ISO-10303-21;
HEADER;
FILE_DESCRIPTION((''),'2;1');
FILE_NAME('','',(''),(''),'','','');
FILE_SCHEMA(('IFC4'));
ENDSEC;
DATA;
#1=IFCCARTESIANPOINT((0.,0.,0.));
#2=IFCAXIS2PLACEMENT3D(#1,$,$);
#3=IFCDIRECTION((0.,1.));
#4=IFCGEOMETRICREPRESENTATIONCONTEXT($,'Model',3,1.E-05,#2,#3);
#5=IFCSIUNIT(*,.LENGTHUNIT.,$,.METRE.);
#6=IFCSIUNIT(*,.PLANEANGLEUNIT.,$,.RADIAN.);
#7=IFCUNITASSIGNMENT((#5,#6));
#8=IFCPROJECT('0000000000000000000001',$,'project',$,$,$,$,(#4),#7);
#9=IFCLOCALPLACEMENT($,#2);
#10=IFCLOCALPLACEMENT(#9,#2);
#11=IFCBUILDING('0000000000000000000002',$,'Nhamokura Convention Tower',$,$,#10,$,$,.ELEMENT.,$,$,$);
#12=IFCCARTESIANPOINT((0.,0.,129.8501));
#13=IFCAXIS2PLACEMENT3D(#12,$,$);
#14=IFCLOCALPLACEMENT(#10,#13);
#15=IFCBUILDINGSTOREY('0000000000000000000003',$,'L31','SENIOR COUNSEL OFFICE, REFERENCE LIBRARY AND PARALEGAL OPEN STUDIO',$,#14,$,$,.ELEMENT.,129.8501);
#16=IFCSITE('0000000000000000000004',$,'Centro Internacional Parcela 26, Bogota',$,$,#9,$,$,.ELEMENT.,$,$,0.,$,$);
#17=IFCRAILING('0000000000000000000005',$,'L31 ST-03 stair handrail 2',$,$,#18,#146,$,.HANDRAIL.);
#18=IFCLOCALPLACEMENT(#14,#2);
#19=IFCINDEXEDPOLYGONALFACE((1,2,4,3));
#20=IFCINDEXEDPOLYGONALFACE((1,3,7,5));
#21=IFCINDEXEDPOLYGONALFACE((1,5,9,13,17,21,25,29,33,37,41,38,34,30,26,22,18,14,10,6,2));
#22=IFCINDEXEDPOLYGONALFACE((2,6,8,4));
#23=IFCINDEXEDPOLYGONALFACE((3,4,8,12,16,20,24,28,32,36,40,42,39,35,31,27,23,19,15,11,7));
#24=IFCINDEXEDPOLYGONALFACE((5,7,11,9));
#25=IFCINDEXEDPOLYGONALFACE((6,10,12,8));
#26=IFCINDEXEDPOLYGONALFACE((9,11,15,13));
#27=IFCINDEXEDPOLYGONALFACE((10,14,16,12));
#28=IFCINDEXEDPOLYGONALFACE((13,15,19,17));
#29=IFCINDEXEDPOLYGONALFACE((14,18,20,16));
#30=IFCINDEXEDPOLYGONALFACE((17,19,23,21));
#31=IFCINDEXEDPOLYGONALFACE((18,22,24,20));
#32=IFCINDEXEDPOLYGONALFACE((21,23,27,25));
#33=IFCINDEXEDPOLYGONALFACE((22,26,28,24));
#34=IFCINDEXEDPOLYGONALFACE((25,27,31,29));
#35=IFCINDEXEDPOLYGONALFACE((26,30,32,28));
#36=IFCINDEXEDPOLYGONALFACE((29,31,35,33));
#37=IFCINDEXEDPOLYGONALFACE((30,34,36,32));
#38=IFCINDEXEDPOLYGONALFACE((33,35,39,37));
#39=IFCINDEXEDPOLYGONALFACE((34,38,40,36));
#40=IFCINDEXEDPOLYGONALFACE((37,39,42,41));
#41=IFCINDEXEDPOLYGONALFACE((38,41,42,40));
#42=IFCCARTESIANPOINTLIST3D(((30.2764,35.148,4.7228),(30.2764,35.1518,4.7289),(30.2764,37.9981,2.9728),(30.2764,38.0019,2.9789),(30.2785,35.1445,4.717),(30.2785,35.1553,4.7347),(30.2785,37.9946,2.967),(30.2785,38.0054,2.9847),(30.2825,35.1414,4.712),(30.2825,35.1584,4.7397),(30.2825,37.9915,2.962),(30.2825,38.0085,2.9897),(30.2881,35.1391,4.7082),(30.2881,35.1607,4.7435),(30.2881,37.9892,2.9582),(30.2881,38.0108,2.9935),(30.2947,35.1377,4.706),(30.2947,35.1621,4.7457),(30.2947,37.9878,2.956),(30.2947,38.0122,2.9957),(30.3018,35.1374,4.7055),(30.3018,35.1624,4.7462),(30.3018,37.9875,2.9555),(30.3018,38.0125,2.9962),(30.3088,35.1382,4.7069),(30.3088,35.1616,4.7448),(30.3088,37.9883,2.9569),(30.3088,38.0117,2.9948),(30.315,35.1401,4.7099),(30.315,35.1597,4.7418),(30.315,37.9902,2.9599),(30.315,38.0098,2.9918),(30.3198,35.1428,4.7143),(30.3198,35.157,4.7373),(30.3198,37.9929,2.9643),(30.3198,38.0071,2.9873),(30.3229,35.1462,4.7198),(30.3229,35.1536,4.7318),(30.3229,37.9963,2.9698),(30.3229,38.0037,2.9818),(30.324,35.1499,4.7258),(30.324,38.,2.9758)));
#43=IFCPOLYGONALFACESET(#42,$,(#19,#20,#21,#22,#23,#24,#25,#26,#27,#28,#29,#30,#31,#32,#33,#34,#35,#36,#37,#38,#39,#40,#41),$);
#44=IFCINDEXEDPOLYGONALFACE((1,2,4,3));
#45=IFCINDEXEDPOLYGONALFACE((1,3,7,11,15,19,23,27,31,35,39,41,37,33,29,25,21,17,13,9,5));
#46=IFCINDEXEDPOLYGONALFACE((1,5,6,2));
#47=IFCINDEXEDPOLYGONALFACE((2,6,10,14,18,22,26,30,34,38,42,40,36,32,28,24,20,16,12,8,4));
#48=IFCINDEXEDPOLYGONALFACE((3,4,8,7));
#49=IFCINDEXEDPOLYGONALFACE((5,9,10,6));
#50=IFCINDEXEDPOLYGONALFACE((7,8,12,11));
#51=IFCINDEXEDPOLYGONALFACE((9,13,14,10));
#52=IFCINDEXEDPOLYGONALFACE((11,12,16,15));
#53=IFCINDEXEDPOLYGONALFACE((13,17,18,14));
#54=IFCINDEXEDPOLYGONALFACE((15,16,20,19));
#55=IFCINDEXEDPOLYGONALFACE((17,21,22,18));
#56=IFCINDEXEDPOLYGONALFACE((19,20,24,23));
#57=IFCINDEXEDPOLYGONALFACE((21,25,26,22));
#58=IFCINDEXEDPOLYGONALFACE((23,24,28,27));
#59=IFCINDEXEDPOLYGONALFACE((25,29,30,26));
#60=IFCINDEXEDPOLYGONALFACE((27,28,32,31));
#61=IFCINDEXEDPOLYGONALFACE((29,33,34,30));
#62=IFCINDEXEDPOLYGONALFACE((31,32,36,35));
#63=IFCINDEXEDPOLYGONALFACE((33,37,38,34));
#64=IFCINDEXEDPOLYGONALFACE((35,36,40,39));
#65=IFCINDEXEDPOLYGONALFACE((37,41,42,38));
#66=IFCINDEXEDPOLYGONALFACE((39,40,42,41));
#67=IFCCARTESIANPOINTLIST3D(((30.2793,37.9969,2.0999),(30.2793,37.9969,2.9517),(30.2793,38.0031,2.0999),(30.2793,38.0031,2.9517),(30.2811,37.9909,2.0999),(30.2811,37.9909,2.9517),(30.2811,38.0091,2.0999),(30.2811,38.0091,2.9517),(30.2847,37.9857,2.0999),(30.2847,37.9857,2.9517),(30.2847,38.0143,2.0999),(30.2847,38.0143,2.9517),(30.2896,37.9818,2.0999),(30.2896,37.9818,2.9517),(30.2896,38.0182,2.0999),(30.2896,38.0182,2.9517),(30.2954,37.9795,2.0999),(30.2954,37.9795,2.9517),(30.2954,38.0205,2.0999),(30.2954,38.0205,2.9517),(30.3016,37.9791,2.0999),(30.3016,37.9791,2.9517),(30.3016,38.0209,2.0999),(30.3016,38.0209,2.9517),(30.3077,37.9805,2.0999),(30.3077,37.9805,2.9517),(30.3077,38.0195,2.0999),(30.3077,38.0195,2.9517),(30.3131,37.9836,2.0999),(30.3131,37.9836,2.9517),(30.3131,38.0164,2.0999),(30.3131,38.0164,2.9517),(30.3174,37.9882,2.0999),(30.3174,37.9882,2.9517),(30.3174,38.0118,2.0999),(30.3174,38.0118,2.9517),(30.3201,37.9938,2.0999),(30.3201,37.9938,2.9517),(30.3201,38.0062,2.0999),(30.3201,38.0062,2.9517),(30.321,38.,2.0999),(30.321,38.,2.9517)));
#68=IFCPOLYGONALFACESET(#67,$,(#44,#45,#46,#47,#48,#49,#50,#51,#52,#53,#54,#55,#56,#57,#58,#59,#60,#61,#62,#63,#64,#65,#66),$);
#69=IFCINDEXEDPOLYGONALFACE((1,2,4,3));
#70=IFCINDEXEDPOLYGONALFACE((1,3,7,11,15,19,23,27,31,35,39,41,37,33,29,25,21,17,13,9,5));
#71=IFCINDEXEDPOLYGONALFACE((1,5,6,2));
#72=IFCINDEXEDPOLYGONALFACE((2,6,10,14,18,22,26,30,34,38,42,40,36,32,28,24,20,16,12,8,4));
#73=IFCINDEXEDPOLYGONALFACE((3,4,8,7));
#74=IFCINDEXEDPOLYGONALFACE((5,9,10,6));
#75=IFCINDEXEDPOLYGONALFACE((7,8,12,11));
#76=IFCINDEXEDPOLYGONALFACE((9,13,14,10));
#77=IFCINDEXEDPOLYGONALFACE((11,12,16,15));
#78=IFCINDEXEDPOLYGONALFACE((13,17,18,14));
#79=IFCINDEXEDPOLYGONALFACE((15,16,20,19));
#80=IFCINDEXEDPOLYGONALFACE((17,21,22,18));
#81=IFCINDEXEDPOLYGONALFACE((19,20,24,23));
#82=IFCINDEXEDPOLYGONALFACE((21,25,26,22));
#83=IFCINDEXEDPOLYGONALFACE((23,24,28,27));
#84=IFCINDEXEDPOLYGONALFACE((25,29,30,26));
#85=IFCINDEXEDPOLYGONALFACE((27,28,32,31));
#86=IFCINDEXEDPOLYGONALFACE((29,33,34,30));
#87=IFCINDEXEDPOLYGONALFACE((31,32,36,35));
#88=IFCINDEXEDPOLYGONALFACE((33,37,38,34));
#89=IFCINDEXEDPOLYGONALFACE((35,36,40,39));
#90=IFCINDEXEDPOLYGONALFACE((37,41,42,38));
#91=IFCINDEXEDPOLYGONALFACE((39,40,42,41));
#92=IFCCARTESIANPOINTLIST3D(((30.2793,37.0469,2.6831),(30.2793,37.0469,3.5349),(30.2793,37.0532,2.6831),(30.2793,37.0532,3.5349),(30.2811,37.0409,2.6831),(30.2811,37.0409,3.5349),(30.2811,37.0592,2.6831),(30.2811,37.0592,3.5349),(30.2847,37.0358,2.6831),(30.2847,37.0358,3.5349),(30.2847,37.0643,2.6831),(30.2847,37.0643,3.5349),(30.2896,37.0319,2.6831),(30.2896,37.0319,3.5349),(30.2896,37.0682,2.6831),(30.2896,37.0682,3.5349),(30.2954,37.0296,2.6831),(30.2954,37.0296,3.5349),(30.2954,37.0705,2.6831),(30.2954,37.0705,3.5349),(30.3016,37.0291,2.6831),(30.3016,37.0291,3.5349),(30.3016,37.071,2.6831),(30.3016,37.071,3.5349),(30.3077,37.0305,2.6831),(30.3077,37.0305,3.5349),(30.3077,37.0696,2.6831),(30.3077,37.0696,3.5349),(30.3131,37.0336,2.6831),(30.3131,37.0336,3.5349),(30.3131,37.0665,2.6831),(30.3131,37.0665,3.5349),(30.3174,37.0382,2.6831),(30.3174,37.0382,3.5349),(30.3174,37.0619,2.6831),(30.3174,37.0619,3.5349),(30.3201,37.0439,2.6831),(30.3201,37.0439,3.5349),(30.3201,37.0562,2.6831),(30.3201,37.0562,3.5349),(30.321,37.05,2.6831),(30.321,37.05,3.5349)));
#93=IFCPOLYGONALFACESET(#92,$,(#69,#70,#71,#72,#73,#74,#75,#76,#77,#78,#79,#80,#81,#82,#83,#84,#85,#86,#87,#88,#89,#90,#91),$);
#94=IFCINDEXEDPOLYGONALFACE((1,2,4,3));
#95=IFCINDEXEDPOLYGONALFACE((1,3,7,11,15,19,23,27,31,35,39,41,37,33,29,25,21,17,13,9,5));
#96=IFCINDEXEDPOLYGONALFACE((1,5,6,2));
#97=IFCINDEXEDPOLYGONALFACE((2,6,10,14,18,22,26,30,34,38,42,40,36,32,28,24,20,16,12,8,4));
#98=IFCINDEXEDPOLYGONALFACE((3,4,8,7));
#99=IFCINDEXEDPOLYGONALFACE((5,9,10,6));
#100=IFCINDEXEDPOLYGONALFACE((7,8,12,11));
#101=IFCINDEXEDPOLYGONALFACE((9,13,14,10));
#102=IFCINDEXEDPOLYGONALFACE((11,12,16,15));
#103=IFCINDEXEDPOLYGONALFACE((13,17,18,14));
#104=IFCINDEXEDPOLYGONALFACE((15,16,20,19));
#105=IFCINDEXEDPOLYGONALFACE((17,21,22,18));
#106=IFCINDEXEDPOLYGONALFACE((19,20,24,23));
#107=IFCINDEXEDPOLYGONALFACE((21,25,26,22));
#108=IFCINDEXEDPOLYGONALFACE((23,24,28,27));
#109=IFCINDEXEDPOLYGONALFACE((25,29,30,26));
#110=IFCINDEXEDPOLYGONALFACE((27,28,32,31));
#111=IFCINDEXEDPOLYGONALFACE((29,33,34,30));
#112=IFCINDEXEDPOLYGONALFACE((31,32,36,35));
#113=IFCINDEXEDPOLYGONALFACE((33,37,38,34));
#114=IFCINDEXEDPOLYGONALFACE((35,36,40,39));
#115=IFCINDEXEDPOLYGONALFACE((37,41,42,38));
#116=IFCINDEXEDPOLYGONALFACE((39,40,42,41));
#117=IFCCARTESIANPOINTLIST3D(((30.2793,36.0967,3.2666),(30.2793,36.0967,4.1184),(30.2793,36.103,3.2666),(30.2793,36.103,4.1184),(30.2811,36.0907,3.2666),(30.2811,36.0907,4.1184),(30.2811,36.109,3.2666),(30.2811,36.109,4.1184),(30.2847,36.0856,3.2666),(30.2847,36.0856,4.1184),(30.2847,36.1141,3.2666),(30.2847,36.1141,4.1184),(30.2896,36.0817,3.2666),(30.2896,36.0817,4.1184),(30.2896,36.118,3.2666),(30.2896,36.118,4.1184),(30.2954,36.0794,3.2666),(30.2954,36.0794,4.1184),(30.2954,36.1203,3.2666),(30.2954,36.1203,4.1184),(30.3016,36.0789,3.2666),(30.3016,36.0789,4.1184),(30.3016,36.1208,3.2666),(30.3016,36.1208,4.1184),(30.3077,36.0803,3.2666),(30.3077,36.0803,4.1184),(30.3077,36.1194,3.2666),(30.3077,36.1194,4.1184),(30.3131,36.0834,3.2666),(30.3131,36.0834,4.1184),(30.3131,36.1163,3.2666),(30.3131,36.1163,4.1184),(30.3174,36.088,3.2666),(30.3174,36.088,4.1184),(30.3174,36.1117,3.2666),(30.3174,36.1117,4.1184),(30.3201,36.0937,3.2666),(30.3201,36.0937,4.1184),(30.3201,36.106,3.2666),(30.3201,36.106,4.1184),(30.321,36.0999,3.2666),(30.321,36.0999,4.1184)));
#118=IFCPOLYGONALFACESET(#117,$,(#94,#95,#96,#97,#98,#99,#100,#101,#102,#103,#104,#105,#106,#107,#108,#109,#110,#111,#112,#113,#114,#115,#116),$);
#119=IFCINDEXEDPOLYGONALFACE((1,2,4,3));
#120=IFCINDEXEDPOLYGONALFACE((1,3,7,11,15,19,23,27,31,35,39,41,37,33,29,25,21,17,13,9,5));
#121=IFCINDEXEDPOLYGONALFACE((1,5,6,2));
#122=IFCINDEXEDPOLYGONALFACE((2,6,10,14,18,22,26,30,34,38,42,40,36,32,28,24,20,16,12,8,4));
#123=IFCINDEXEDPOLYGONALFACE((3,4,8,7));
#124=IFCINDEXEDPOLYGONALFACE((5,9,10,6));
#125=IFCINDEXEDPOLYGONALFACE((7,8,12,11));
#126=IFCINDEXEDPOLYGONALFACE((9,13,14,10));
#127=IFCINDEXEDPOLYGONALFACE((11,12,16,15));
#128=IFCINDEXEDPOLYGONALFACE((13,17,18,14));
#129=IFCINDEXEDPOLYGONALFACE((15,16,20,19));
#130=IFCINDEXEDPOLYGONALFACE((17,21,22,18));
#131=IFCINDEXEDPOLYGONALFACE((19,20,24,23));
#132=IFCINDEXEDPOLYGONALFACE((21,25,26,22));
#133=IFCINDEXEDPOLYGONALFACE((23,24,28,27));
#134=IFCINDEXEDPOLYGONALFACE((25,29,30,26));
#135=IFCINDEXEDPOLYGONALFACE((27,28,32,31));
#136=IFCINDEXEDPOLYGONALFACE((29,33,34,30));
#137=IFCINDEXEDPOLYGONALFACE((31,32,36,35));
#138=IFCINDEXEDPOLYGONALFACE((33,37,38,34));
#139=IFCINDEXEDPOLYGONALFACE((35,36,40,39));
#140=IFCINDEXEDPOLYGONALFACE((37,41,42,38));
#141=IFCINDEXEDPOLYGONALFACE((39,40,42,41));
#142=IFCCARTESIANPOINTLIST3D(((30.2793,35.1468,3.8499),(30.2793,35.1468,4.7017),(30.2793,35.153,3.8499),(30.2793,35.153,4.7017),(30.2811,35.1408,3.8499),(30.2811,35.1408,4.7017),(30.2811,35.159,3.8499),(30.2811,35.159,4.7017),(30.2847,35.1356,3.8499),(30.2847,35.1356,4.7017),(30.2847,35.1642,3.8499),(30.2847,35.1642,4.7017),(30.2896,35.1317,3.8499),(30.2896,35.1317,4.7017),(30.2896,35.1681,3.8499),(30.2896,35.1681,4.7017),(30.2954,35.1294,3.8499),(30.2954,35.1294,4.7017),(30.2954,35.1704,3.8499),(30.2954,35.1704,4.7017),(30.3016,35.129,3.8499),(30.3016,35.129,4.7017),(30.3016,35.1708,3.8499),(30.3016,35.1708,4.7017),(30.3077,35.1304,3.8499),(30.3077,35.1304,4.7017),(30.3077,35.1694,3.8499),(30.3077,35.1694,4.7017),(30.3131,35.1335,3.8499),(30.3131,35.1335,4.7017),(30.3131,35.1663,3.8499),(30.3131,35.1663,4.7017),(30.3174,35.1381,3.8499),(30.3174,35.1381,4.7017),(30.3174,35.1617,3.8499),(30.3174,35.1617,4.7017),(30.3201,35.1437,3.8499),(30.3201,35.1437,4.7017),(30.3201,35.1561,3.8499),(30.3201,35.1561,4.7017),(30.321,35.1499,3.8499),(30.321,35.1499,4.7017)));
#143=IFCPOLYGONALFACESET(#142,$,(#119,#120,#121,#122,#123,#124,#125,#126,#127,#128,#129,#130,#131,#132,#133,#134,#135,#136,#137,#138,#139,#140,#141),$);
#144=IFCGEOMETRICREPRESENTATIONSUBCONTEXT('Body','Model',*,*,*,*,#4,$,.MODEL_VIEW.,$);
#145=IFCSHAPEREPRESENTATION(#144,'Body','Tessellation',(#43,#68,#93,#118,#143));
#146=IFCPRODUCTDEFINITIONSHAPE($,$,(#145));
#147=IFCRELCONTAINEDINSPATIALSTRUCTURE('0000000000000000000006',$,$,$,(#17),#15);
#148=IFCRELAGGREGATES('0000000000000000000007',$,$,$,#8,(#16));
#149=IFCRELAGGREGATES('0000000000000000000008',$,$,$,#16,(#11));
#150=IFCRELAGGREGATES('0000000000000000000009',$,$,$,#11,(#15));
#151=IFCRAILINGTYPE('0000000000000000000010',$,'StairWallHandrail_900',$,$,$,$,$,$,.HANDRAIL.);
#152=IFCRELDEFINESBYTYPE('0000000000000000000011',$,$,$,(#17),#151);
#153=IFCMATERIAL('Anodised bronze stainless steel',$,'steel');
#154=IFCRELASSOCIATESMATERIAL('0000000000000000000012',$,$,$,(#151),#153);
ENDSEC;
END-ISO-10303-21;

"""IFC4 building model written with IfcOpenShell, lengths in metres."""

from ifc_helpers import new_model, si_unit, direction, frame, origin, origin_2d, place, context, subcontext, project, spatial, circle, extrude, material, type_object, element, save


model = new_model("IFC4")

# Units and contexts
model_context = context("Model", 3, precision=1e-05, world=origin(), true_north=direction((0.0, 1.0)))
body_context = subcontext(model_context, "Body", "Model", "MODEL_VIEW")
ifc_project = project(units=[si_unit("LENGTHUNIT", "METRE"), si_unit("PLANEANGLEUNIT", "RADIAN")], contexts=[model_context])

# Site, building, storey
site_placement = place(None, origin())
site = spatial("IfcSite", under=ifc_project, at=site_placement, Name="Centro Internacional Parcela 26, Bogota", CompositionType="ELEMENT", RefElevation=0.0)
building_placement = place(site_placement, origin())
building = spatial("IfcBuilding", under=site, at=building_placement, Name="Nhamokura Convention Tower", CompositionType="ELEMENT")
storey_placement = place(building_placement, frame((0.0, 0.0, 129.8501)))
storey = spatial("IfcBuildingStorey", under=building, at=storey_placement, Name="L31", Description="SENIOR COUNSEL OFFICE, REFERENCE LIBRARY AND PARALEGAL OPEN STUDIO", CompositionType="ELEMENT", Elevation=129.8501)

# Railing
ifc_material_1 = material(Name="Anodised bronze stainless steel", Category="steel")
railing_type_1 = type_object("IfcRailingType", Name="StairWallHandrail_900", PredefinedType="HANDRAIL", material=ifc_material_1)
railing_1_placement = place(storey_placement, frame((30.3, 38.0, 2.0999)))
element("IfcRailing", 1, at=railing_1_placement, inside=storey, type_object=railing_type_1, Name="L31 ST-03 stair handrail 2", PredefinedType="HANDRAIL", context=body_context, shape_type="SweptSolid", body=[
    extrude(circle(Radius=0.0239, at=origin_2d()), frame((0.0, 0.0, 0.876), z_axis=(0.0, -0.852179, 0.52325), x_axis=(1.0, 0.0, 0.0)), (0.0, 0.0, 1.0), 3.3445),
    extrude(circle(Radius=0.021, at=origin_2d()), origin(), (0.0, 0.0, 1.0), 0.8518),
    extrude(circle(Radius=0.021, at=origin_2d()), frame((0.0, -0.95, 0.5833)), (0.0, 0.0, 1.0), 0.8518),
    extrude(circle(Radius=0.021, at=origin_2d()), frame((0.0, -1.9001, 1.1667)), (0.0, 0.0, 1.0), 0.8518),
    extrude(circle(Radius=0.021, at=origin_2d()), frame((0.0, -2.8501, 1.75)), (0.0, 0.0, 1.0), 0.8518),
])

save(model, "model.ifc")
